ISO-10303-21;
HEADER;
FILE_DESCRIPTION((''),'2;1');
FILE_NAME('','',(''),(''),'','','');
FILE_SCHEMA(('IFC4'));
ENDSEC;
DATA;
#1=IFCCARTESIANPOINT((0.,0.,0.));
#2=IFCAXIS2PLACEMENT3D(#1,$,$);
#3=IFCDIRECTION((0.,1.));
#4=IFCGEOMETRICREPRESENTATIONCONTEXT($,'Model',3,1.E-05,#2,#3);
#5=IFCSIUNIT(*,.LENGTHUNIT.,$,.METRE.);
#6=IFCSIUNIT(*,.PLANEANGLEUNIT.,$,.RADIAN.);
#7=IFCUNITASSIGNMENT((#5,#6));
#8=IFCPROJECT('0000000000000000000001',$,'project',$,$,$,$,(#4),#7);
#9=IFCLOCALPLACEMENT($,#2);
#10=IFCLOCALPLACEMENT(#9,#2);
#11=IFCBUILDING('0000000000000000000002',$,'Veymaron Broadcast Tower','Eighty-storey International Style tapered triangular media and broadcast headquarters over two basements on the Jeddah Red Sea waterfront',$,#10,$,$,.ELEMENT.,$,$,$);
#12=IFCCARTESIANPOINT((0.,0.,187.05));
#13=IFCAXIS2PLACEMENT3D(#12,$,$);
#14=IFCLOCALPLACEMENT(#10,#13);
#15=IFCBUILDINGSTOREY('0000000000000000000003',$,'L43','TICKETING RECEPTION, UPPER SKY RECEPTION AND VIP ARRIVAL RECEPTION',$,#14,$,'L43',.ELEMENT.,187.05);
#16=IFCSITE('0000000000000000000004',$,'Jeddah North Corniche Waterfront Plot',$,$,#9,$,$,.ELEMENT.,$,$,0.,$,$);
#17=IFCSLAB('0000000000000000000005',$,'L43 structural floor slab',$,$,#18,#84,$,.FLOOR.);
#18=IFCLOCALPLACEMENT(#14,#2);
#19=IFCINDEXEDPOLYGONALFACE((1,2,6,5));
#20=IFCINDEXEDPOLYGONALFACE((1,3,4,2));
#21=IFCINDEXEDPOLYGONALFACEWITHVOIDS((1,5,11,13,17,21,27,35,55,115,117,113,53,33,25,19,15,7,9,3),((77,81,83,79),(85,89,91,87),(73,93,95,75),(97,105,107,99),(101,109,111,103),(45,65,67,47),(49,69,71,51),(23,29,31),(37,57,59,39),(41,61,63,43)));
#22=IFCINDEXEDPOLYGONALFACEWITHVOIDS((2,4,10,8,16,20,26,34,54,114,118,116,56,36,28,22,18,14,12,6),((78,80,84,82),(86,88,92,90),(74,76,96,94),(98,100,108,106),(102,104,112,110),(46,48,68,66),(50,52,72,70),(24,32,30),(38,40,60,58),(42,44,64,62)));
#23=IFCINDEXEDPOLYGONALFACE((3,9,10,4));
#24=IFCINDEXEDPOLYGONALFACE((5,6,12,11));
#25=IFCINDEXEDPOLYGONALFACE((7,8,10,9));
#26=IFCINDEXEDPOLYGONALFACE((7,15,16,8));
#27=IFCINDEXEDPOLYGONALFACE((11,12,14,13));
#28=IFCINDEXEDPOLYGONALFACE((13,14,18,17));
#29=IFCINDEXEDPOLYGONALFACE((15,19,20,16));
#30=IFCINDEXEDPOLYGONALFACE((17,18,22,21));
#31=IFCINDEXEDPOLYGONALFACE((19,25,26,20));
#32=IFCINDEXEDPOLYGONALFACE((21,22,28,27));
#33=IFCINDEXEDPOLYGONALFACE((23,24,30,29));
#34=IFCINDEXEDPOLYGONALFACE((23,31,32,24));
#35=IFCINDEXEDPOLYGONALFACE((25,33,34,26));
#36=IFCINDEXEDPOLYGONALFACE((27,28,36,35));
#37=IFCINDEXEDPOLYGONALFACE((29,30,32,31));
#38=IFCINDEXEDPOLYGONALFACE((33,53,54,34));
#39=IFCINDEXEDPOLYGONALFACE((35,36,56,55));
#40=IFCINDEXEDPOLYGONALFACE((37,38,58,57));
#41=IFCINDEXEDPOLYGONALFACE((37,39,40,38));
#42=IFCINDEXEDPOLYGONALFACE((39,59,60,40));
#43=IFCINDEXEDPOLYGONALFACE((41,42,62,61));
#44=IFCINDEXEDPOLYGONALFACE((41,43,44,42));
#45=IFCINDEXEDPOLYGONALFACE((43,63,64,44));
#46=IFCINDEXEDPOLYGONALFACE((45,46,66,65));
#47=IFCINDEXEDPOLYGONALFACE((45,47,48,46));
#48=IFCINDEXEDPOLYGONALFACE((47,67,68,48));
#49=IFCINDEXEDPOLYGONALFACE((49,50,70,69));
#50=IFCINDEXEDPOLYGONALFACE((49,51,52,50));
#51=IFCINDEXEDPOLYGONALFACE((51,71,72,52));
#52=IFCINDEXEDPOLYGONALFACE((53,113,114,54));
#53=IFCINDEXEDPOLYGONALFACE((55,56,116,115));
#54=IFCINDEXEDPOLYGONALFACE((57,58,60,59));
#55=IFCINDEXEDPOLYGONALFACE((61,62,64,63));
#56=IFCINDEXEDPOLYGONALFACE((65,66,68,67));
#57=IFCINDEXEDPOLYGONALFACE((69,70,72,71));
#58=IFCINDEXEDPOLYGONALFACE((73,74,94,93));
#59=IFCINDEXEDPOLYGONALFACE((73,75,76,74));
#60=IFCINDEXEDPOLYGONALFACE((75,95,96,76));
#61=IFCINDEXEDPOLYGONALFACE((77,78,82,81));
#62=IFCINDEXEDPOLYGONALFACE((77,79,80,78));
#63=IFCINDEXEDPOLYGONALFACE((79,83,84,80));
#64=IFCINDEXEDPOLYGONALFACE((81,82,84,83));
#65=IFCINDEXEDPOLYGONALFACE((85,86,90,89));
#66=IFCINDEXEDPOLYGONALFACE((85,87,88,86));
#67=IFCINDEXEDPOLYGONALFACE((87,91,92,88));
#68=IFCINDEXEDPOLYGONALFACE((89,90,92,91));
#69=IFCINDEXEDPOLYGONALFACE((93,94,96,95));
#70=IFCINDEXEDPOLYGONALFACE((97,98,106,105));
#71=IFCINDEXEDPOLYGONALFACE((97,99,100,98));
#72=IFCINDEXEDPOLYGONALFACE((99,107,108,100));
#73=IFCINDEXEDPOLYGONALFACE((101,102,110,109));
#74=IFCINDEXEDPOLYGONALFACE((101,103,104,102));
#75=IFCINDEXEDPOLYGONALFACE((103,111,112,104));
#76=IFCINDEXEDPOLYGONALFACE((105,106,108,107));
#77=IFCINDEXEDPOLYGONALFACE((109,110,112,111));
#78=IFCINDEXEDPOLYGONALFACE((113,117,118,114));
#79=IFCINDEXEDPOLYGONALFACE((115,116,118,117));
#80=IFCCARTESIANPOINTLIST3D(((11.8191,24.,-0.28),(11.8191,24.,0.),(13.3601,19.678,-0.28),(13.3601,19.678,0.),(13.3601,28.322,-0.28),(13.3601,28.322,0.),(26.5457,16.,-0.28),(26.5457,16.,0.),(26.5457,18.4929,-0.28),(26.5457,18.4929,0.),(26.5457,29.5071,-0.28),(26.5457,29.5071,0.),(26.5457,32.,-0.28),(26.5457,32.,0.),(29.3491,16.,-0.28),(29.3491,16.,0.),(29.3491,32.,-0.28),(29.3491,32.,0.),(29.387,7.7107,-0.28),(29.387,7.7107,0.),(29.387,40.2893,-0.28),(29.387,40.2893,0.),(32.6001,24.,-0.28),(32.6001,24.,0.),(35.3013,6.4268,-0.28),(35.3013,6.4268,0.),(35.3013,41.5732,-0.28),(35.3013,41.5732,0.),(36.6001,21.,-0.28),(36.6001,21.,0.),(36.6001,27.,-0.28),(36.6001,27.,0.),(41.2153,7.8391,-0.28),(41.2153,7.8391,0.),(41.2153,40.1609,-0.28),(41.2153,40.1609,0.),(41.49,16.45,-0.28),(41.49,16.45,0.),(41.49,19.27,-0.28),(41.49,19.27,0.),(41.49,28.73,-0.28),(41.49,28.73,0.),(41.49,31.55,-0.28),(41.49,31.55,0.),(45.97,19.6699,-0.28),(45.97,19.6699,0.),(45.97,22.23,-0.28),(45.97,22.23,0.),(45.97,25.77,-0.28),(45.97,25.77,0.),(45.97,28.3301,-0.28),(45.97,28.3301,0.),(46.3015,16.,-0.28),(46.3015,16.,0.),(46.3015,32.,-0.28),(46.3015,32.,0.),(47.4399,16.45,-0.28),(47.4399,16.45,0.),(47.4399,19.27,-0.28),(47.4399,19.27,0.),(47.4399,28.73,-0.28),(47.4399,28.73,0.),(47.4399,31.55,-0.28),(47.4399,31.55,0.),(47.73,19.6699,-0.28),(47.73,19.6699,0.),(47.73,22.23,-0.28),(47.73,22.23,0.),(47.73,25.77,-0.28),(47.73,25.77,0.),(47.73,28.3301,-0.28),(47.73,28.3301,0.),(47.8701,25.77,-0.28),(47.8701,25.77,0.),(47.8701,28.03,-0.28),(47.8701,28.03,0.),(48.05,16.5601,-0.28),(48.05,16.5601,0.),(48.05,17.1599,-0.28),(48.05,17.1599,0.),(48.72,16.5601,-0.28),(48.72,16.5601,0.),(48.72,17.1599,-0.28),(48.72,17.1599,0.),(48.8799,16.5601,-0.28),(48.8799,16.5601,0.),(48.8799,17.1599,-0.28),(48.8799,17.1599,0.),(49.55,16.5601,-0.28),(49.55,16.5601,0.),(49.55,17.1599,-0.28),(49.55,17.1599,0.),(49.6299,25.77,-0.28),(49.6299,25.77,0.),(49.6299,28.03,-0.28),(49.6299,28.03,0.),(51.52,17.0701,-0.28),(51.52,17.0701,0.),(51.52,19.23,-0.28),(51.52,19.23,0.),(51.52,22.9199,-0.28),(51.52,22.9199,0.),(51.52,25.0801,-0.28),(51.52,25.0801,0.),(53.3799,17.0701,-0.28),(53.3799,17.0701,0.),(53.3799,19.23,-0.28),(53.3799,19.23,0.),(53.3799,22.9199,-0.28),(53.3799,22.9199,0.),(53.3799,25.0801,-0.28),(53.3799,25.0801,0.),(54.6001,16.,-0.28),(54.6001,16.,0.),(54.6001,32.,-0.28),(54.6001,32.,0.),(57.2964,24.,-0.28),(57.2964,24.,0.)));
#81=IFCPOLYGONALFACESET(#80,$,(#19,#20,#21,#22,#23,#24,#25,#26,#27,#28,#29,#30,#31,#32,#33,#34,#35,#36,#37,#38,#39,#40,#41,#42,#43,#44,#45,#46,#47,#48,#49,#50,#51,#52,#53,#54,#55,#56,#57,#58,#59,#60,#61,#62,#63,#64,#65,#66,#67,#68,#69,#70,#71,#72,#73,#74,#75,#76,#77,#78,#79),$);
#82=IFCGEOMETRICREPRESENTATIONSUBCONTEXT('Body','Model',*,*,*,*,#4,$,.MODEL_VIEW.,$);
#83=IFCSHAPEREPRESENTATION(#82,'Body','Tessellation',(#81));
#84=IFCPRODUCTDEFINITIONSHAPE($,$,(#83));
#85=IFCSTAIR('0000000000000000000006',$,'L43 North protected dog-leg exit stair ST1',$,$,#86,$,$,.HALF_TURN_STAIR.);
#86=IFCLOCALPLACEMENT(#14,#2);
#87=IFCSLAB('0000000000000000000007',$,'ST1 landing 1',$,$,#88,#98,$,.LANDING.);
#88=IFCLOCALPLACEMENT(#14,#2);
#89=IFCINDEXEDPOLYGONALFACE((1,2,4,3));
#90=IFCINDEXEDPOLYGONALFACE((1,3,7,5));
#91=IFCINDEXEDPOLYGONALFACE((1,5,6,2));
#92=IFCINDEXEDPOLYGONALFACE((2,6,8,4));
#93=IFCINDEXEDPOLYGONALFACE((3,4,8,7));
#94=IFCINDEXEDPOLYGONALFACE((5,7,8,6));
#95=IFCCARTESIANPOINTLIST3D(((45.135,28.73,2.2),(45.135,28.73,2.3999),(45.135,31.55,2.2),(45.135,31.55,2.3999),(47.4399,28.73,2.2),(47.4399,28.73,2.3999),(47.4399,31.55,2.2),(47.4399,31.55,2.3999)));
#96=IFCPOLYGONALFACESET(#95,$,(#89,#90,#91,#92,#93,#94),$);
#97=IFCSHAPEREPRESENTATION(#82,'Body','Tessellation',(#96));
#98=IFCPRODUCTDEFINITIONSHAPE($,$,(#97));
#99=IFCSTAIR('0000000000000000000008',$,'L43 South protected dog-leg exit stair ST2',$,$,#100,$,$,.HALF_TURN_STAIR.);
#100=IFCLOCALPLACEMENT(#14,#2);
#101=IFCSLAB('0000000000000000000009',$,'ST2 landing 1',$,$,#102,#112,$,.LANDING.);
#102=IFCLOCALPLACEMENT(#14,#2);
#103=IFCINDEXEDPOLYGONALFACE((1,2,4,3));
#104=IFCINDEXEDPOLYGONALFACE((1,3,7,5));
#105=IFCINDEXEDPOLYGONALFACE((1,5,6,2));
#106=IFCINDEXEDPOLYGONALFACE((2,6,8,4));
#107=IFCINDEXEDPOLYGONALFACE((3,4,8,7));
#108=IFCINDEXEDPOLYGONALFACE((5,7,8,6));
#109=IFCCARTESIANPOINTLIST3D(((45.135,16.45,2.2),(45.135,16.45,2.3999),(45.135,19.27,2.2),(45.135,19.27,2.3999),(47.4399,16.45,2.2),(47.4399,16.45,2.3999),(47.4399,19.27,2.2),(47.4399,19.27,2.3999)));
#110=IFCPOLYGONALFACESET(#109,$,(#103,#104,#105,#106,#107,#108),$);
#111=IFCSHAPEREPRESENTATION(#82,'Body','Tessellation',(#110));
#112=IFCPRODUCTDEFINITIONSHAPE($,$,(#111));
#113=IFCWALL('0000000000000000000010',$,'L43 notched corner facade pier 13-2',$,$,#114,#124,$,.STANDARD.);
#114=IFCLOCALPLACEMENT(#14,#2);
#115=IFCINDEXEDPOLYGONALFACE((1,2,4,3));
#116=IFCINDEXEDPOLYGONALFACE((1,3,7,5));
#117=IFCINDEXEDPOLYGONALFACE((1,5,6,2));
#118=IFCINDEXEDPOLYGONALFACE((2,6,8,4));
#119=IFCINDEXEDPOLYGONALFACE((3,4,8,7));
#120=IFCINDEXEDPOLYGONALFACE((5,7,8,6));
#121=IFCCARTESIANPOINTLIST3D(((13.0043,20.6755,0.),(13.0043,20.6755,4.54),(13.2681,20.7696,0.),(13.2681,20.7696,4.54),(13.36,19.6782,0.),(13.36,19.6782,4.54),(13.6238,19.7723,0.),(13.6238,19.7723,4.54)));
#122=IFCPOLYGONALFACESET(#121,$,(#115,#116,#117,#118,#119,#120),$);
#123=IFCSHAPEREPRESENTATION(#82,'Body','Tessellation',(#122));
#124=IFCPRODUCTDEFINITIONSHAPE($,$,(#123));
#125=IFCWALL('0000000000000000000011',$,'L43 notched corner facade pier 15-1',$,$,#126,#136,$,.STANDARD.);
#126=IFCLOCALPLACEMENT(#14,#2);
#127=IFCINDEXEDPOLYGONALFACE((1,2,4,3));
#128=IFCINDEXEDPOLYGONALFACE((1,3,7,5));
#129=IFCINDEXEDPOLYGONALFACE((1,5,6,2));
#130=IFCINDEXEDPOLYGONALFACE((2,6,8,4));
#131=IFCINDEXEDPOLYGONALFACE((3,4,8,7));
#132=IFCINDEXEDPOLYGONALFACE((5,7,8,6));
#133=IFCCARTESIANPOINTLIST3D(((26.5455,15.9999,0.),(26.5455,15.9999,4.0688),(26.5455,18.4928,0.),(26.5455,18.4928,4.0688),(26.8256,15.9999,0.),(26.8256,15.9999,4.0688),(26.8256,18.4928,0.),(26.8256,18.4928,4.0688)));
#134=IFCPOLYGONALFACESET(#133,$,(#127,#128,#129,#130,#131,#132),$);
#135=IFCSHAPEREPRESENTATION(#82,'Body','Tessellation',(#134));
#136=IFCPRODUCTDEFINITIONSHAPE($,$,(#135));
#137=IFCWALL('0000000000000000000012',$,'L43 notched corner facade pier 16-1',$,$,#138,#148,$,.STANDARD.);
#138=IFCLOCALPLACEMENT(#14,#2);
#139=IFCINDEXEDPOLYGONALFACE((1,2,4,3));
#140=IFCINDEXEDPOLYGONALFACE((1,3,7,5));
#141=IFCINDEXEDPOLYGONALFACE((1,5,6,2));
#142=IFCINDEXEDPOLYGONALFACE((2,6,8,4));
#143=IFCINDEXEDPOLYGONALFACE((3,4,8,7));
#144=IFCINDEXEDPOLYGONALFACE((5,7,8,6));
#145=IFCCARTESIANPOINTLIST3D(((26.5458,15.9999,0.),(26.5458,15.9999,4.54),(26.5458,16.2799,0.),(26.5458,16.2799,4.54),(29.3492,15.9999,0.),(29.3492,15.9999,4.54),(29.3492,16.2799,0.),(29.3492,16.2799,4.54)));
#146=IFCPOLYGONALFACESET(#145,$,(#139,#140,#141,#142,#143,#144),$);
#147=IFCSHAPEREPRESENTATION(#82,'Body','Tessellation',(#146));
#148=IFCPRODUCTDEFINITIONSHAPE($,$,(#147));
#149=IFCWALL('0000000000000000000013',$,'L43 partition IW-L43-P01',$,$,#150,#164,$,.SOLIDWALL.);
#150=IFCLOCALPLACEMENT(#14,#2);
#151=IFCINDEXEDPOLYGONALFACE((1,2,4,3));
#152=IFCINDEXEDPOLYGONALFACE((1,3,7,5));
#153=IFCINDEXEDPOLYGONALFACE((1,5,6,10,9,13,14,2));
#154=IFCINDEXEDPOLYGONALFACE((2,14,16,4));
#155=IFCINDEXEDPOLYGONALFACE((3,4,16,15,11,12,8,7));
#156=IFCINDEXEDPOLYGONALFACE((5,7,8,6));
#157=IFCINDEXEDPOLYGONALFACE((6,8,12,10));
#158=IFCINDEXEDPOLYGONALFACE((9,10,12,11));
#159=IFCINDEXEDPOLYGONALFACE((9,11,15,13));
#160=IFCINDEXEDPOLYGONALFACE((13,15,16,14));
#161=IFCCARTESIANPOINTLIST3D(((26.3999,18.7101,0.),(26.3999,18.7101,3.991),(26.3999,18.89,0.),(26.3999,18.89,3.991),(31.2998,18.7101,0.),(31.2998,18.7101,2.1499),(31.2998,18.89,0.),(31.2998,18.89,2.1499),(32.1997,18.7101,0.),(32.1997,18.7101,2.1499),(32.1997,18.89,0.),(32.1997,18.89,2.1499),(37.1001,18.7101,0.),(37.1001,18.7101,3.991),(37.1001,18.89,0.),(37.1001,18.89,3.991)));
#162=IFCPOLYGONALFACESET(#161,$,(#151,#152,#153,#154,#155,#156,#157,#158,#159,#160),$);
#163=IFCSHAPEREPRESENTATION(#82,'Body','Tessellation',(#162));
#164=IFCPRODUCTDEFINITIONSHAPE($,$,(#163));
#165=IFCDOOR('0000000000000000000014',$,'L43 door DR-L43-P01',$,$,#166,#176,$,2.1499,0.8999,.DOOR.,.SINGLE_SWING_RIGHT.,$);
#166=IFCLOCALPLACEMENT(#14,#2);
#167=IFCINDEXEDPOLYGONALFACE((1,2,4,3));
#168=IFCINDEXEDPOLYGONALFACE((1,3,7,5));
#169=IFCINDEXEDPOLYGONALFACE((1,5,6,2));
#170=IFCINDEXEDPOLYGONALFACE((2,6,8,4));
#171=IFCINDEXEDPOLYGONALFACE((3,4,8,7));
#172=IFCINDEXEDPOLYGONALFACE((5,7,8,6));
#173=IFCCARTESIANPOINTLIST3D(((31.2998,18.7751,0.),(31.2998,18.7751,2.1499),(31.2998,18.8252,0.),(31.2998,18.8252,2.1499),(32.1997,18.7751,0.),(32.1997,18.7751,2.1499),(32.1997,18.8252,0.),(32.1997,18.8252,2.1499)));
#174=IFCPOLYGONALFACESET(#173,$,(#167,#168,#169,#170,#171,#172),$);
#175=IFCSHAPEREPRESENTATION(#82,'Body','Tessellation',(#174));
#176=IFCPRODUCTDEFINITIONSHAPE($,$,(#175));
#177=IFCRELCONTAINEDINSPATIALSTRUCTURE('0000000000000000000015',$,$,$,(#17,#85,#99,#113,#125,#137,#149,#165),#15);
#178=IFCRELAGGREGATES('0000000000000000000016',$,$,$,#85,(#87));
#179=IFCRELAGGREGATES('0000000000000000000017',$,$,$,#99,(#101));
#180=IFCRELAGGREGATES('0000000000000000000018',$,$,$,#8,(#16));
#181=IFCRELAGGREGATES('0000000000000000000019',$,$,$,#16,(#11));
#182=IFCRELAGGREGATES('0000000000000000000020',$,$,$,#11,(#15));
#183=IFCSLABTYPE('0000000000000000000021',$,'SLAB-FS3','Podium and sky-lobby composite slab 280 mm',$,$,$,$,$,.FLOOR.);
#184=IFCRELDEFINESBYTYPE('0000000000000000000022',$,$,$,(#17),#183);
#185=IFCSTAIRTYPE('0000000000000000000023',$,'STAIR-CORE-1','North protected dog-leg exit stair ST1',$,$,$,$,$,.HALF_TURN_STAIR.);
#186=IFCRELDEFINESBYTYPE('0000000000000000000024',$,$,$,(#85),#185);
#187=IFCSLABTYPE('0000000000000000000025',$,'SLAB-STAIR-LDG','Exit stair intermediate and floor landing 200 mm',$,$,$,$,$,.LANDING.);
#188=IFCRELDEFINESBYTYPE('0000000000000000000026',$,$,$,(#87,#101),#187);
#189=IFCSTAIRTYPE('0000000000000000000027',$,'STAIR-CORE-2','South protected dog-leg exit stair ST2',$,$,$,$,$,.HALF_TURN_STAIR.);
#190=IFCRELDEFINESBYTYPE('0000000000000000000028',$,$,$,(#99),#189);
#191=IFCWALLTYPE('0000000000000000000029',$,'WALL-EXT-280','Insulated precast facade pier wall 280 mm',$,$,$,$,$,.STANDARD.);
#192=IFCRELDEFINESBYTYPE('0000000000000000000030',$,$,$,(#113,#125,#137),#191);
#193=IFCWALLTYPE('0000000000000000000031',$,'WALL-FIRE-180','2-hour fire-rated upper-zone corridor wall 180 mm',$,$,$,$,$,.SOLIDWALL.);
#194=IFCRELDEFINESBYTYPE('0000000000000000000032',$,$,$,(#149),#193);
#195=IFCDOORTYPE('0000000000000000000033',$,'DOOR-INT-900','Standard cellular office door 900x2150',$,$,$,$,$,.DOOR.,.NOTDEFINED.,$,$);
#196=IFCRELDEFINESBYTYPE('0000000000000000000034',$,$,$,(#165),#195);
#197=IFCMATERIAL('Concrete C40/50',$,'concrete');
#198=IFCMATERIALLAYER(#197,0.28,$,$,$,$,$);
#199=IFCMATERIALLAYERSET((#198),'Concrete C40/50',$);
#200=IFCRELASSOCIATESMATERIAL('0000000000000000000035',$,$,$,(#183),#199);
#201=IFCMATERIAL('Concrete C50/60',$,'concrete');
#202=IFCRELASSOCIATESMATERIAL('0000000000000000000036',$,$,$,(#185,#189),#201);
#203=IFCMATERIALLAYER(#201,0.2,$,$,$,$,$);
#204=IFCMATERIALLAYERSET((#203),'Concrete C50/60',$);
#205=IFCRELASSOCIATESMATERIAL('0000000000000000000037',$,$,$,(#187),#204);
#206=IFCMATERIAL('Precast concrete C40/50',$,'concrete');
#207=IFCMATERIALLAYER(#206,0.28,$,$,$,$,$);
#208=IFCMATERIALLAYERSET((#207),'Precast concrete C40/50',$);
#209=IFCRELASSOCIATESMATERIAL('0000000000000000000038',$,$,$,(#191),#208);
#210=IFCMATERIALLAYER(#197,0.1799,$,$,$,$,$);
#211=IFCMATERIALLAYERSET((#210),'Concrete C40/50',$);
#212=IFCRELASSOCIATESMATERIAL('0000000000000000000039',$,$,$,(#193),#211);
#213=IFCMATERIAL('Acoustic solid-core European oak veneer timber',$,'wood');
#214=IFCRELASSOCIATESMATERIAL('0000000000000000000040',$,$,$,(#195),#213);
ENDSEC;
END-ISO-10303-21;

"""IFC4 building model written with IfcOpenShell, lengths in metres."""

from ifc_helpers import new_model, si_unit, direction, frame, frame_2d, origin, place, context, subcontext, project, spatial, polyline, rectangle, outline, extrude, material, layer, layer_set, type_object, element, fill, aggregate, save


model = new_model("IFC4")

# Units and contexts
model_context = context("Model", 3, precision=1e-05, world=origin(), true_north=direction((0.0, 1.0)))
body_context = subcontext(model_context, "Body", "Model", "MODEL_VIEW")
ifc_project = project(units=[si_unit("LENGTHUNIT", "METRE"), si_unit("PLANEANGLEUNIT", "RADIAN")], contexts=[model_context])

# Site, building, storey
site_placement = place(None, origin())
site = spatial("IfcSite", under=ifc_project, at=site_placement, Name="Jeddah North Corniche Waterfront Plot", CompositionType="ELEMENT", RefElevation=0.0)
building_placement = place(site_placement, origin())
building = spatial("IfcBuilding", under=site, at=building_placement, Name="Veymaron Broadcast Tower", Description="Eighty-storey International Style tapered triangular media and broadcast headquarters over two basements on the Jeddah Red Sea waterfront", CompositionType="ELEMENT")
storey_placement = place(building_placement, frame((0.0, 0.0, 187.05)))
storey = spatial("IfcBuildingStorey", under=building, at=storey_placement, Name="L43", Description="TICKETING RECEPTION, UPPER SKY RECEPTION AND VIP ARRIVAL RECEPTION", LongName="L43", CompositionType="ELEMENT", Elevation=187.05)

# Slab
ifc_material_1 = material(Name="Concrete C40/50", Category="concrete")
ifc_layer_1 = layer(ifc_material_1, 0.28)
ifc_layer_set_1 = layer_set([ifc_layer_1], Name="Concrete C40/50")
slab_type_1 = type_object("IfcSlabType", Name="SLAB-FS3", Description="Podium and sky-lobby composite slab 280 mm", PredefinedType="FLOOR", material=ifc_layer_set_1)
slab_1_placement = place(storey_placement, frame((0.0, 0.0, -0.28)))
element("IfcSlab", 1, at=slab_1_placement, inside=storey, type_object=slab_type_1, Name="L43 structural floor slab", PredefinedType="FLOOR", context=body_context, shape_type="SweptSolid", body=[
    extrude(outline(polyline([(46.3015, 16.0), (54.6001, 16.0), (57.2964, 24.0), (54.6001, 32.0), (46.3015, 32.0), (41.2153, 40.1609), (35.3013, 41.5732), (29.387, 40.2893), (29.3491, 32.0), (26.5457, 32.0), (26.5457, 29.5071), (13.3601, 28.322), (11.8191, 24.0), (13.3601, 19.678), (26.5457, 18.4929), (26.5457, 16.0), (29.3491, 16.0), (29.387, 7.7107), (35.3013, 6.4268), (41.2153, 7.8391), (46.3015, 16.0)]), holes=[polyline([(45.97, 28.3301), (47.73, 28.3301), (47.73, 25.77), (45.97, 25.77), (45.97, 28.3301)]), polyline([(45.97, 22.23), (47.73, 22.23), (47.73, 19.6699), (45.97, 19.6699), (45.97, 22.23)]), polyline([(47.8701, 28.03), (49.6299, 28.03), (49.6299, 25.77), (47.8701, 25.77), (47.8701, 28.03)]), polyline([(51.52, 25.0801), (53.3799, 25.0801), (53.3799, 22.9199), (51.52, 22.9199), (51.52, 25.0801)]), polyline([(51.52, 19.23), (53.3799, 19.23), (53.3799, 17.0701), (51.52, 17.0701), (51.52, 19.23)]), polyline([(48.05, 17.1599), (48.72, 17.1599), (48.72, 16.5601), (48.05, 16.5601), (48.05, 17.1599)]), polyline([(48.8799, 17.1599), (49.55, 17.1599), (49.55, 16.5601), (48.8799, 16.5601), (48.8799, 17.1599)]), polyline([(36.6001, 27.0), (36.6001, 21.0), (32.6001, 24.0), (36.6001, 27.0)]), polyline([(41.49, 31.55), (47.4399, 31.55), (47.4399, 28.73), (41.49, 28.73), (41.49, 31.55)]), polyline([(41.49, 19.27), (47.4399, 19.27), (47.4399, 16.45), (41.49, 16.45), (41.49, 19.27)])]), origin(), (0.0, 0.0, 1.0), 0.28),
])

# Stairs, slabs
ifc_material_2 = material(Name="Concrete C50/60", Category="concrete")
stair_type_1 = type_object("IfcStairType", Name="STAIR-CORE-1", Description="North protected dog-leg exit stair ST1", PredefinedType="HALF_TURN_STAIR", material=ifc_material_2)
stair_1_placement = place(storey_placement, origin())
stair_1 = element("IfcStair", 2, at=stair_1_placement, inside=storey, type_object=stair_type_1, Name="L43 North protected dog-leg exit stair ST1", PredefinedType="HALF_TURN_STAIR")
ifc_layer_2 = layer(ifc_material_2, 0.2)
ifc_layer_set_2 = layer_set([ifc_layer_2], Name="Concrete C50/60")
slab_type_2 = type_object("IfcSlabType", Name="SLAB-STAIR-LDG", Description="Exit stair intermediate and floor landing 200 mm", PredefinedType="LANDING", material=ifc_layer_set_2)
slab_2_placement = place(storey_placement, frame((0.0, 0.0, 2.2)))
slab_2 = element("IfcSlab", 3, at=slab_2_placement, type_object=slab_type_2, Name="ST1 landing 1", PredefinedType="LANDING", context=body_context, shape_type="SweptSolid", body=[
    extrude(outline(polyline([(45.135, 28.73), (47.4399, 28.73), (47.4399, 31.55), (45.135, 31.55), (45.135, 28.73)])), origin(), (0.0, 0.0, 1.0), 0.2),
])
aggregate(stair_1, [slab_2])
stair_type_2 = type_object("IfcStairType", Name="STAIR-CORE-2", Description="South protected dog-leg exit stair ST2", PredefinedType="HALF_TURN_STAIR", material=ifc_material_2)
stair_2_placement = place(storey_placement, origin())
stair_2 = element("IfcStair", 4, at=stair_2_placement, inside=storey, type_object=stair_type_2, Name="L43 South protected dog-leg exit stair ST2", PredefinedType="HALF_TURN_STAIR")
slab_3_placement = place(storey_placement, frame((0.0, 0.0, 2.2)))
slab_3 = element("IfcSlab", 5, at=slab_3_placement, type_object=slab_type_2, Name="ST2 landing 1", PredefinedType="LANDING", context=body_context, shape_type="SweptSolid", body=[
    extrude(outline(polyline([(45.135, 16.45), (47.4399, 16.45), (47.4399, 19.27), (45.135, 19.27), (45.135, 16.45)])), origin(), (0.0, 0.0, 1.0), 0.2),
])
aggregate(stair_2, [slab_3])

# Walls
ifc_material_3 = material(Name="Precast concrete C40/50", Category="concrete")
ifc_layer_3 = layer(ifc_material_3, 0.28)
ifc_layer_set_3 = layer_set([ifc_layer_3], Name="Precast concrete C40/50")
wall_type_1 = type_object("IfcWallType", Name="WALL-EXT-280", Description="Insulated precast facade pier wall 280 mm", PredefinedType="STANDARD", material=ifc_layer_set_3)
wall_1_placement = place(storey_placement, frame((13.1362, 20.7224, 0.0), z_axis=(0.0, 0.0, 1.0), x_axis=(0.335942, -0.941883, 0.0)))
element("IfcWall", 6, at=wall_1_placement, inside=storey, type_object=wall_type_1, Name="L43 notched corner facade pier 13-2", PredefinedType="STANDARD", context=body_context, shape_type="SweptSolid", body=[
    extrude(rectangle(XDim=1.0588, YDim=0.28, at=frame_2d((0.5293, 0.0))), origin(), (0.0, 0.0, 1.0), 4.54),
])
wall_2_placement = place(storey_placement, frame((26.6855, 18.4929, 0.0), z_axis=(0.0, 0.0, 1.0), x_axis=(0.0, -1.0, 0.0)))
element("IfcWall", 7, at=wall_2_placement, inside=storey, type_object=wall_type_1, Name="L43 notched corner facade pier 15-1", PredefinedType="STANDARD", context=body_context, shape_type="SweptSolid", body=[
    extrude(rectangle(XDim=2.4929, YDim=0.28, at=frame_2d((1.2466, 0.0))), origin(), (0.0, 0.0, 1.0), 4.0688),
])
wall_3_placement = place(storey_placement, frame((26.5457, 16.1399, 0.0), z_axis=(0.0, 0.0, 1.0), x_axis=(1.0, 0.0, 0.0)))
element("IfcWall", 8, at=wall_3_placement, inside=storey, type_object=wall_type_1, Name="L43 notched corner facade pier 16-1", PredefinedType="STANDARD", context=body_context, shape_type="SweptSolid", body=[
    extrude(rectangle(XDim=2.8035, YDim=0.28, at=frame_2d((1.4019, 0.0))), origin(), (0.0, 0.0, 1.0), 4.54),
])

# Wall, opening, door
ifc_layer_4 = layer(ifc_material_1, 0.1799)
ifc_layer_set_4 = layer_set([ifc_layer_4], Name="Concrete C40/50")
wall_type_2 = type_object("IfcWallType", Name="WALL-FIRE-180", Description="2-hour fire-rated upper-zone corridor wall 180 mm", PredefinedType="SOLIDWALL", material=ifc_layer_set_4)
wall_4_placement = place(storey_placement, frame((26.3999, 18.8, 0.0), z_axis=(0.0, 0.0, 1.0), x_axis=(1.0, 0.0, 0.0)))
wall_4 = element("IfcWall", 9, at=wall_4_placement, inside=storey, type_object=wall_type_2, Name="L43 partition IW-L43-P01", PredefinedType="SOLIDWALL", context=body_context, shape_type="SweptSolid", body=[
    extrude(rectangle(XDim=10.7002, YDim=0.1799, at=frame_2d((5.3501, 0.0))), origin(), (0.0, 0.0, 1.0), 3.991),
])
opening_1_placement = place(wall_4_placement, frame((4.8999, 0.0, 0.0)))
opening_1 = element("IfcOpeningElement", 10, at=opening_1_placement, cuts=wall_4, PredefinedType="OPENING", context=body_context, shape_type="SweptSolid", body=[
    extrude(rectangle(XDim=0.8999, YDim=2.1499, at=frame_2d((0.45, 1.075))), frame((0.0, 0.1001, 0.0), z_axis=(0.0, -1.0, 0.0), x_axis=(1.0, 0.0, 0.0)), (0.0, 0.0, 1.0), 0.2),
])
ifc_material_4 = material(Name="Acoustic solid-core European oak veneer timber", Category="wood")
door_type = type_object("IfcDoorType", Name="DOOR-INT-900", Description="Standard cellular office door 900x2150", OperationType="NOTDEFINED", PredefinedType="DOOR", material=ifc_material_4)
door_1_placement = place(opening_1_placement, frame((0.8999, 0.0, 0.0), z_axis=(0.0, 0.0, 1.0), x_axis=(-1.0, 0.0, 0.0)))
door_1 = element("IfcDoor", 11, at=door_1_placement, inside=storey, type_object=door_type, Name="L43 door DR-L43-P01", OperationType="SINGLE_SWING_RIGHT", OverallHeight=2.1499, OverallWidth=0.8999, PredefinedType="DOOR", context=body_context, shape_type="SweptSolid", body=[
    extrude(rectangle(XDim=0.8999, YDim=2.1499, at=frame_2d((0.45, 1.075))), frame((0.0, 0.0249, 0.0), z_axis=(0.0, -1.0, 0.0), x_axis=(1.0, 0.0, 0.0)), (0.0, 0.0, 1.0), 0.05),
])
fill(opening_1, door_1)

save(model, "model.ifc")
